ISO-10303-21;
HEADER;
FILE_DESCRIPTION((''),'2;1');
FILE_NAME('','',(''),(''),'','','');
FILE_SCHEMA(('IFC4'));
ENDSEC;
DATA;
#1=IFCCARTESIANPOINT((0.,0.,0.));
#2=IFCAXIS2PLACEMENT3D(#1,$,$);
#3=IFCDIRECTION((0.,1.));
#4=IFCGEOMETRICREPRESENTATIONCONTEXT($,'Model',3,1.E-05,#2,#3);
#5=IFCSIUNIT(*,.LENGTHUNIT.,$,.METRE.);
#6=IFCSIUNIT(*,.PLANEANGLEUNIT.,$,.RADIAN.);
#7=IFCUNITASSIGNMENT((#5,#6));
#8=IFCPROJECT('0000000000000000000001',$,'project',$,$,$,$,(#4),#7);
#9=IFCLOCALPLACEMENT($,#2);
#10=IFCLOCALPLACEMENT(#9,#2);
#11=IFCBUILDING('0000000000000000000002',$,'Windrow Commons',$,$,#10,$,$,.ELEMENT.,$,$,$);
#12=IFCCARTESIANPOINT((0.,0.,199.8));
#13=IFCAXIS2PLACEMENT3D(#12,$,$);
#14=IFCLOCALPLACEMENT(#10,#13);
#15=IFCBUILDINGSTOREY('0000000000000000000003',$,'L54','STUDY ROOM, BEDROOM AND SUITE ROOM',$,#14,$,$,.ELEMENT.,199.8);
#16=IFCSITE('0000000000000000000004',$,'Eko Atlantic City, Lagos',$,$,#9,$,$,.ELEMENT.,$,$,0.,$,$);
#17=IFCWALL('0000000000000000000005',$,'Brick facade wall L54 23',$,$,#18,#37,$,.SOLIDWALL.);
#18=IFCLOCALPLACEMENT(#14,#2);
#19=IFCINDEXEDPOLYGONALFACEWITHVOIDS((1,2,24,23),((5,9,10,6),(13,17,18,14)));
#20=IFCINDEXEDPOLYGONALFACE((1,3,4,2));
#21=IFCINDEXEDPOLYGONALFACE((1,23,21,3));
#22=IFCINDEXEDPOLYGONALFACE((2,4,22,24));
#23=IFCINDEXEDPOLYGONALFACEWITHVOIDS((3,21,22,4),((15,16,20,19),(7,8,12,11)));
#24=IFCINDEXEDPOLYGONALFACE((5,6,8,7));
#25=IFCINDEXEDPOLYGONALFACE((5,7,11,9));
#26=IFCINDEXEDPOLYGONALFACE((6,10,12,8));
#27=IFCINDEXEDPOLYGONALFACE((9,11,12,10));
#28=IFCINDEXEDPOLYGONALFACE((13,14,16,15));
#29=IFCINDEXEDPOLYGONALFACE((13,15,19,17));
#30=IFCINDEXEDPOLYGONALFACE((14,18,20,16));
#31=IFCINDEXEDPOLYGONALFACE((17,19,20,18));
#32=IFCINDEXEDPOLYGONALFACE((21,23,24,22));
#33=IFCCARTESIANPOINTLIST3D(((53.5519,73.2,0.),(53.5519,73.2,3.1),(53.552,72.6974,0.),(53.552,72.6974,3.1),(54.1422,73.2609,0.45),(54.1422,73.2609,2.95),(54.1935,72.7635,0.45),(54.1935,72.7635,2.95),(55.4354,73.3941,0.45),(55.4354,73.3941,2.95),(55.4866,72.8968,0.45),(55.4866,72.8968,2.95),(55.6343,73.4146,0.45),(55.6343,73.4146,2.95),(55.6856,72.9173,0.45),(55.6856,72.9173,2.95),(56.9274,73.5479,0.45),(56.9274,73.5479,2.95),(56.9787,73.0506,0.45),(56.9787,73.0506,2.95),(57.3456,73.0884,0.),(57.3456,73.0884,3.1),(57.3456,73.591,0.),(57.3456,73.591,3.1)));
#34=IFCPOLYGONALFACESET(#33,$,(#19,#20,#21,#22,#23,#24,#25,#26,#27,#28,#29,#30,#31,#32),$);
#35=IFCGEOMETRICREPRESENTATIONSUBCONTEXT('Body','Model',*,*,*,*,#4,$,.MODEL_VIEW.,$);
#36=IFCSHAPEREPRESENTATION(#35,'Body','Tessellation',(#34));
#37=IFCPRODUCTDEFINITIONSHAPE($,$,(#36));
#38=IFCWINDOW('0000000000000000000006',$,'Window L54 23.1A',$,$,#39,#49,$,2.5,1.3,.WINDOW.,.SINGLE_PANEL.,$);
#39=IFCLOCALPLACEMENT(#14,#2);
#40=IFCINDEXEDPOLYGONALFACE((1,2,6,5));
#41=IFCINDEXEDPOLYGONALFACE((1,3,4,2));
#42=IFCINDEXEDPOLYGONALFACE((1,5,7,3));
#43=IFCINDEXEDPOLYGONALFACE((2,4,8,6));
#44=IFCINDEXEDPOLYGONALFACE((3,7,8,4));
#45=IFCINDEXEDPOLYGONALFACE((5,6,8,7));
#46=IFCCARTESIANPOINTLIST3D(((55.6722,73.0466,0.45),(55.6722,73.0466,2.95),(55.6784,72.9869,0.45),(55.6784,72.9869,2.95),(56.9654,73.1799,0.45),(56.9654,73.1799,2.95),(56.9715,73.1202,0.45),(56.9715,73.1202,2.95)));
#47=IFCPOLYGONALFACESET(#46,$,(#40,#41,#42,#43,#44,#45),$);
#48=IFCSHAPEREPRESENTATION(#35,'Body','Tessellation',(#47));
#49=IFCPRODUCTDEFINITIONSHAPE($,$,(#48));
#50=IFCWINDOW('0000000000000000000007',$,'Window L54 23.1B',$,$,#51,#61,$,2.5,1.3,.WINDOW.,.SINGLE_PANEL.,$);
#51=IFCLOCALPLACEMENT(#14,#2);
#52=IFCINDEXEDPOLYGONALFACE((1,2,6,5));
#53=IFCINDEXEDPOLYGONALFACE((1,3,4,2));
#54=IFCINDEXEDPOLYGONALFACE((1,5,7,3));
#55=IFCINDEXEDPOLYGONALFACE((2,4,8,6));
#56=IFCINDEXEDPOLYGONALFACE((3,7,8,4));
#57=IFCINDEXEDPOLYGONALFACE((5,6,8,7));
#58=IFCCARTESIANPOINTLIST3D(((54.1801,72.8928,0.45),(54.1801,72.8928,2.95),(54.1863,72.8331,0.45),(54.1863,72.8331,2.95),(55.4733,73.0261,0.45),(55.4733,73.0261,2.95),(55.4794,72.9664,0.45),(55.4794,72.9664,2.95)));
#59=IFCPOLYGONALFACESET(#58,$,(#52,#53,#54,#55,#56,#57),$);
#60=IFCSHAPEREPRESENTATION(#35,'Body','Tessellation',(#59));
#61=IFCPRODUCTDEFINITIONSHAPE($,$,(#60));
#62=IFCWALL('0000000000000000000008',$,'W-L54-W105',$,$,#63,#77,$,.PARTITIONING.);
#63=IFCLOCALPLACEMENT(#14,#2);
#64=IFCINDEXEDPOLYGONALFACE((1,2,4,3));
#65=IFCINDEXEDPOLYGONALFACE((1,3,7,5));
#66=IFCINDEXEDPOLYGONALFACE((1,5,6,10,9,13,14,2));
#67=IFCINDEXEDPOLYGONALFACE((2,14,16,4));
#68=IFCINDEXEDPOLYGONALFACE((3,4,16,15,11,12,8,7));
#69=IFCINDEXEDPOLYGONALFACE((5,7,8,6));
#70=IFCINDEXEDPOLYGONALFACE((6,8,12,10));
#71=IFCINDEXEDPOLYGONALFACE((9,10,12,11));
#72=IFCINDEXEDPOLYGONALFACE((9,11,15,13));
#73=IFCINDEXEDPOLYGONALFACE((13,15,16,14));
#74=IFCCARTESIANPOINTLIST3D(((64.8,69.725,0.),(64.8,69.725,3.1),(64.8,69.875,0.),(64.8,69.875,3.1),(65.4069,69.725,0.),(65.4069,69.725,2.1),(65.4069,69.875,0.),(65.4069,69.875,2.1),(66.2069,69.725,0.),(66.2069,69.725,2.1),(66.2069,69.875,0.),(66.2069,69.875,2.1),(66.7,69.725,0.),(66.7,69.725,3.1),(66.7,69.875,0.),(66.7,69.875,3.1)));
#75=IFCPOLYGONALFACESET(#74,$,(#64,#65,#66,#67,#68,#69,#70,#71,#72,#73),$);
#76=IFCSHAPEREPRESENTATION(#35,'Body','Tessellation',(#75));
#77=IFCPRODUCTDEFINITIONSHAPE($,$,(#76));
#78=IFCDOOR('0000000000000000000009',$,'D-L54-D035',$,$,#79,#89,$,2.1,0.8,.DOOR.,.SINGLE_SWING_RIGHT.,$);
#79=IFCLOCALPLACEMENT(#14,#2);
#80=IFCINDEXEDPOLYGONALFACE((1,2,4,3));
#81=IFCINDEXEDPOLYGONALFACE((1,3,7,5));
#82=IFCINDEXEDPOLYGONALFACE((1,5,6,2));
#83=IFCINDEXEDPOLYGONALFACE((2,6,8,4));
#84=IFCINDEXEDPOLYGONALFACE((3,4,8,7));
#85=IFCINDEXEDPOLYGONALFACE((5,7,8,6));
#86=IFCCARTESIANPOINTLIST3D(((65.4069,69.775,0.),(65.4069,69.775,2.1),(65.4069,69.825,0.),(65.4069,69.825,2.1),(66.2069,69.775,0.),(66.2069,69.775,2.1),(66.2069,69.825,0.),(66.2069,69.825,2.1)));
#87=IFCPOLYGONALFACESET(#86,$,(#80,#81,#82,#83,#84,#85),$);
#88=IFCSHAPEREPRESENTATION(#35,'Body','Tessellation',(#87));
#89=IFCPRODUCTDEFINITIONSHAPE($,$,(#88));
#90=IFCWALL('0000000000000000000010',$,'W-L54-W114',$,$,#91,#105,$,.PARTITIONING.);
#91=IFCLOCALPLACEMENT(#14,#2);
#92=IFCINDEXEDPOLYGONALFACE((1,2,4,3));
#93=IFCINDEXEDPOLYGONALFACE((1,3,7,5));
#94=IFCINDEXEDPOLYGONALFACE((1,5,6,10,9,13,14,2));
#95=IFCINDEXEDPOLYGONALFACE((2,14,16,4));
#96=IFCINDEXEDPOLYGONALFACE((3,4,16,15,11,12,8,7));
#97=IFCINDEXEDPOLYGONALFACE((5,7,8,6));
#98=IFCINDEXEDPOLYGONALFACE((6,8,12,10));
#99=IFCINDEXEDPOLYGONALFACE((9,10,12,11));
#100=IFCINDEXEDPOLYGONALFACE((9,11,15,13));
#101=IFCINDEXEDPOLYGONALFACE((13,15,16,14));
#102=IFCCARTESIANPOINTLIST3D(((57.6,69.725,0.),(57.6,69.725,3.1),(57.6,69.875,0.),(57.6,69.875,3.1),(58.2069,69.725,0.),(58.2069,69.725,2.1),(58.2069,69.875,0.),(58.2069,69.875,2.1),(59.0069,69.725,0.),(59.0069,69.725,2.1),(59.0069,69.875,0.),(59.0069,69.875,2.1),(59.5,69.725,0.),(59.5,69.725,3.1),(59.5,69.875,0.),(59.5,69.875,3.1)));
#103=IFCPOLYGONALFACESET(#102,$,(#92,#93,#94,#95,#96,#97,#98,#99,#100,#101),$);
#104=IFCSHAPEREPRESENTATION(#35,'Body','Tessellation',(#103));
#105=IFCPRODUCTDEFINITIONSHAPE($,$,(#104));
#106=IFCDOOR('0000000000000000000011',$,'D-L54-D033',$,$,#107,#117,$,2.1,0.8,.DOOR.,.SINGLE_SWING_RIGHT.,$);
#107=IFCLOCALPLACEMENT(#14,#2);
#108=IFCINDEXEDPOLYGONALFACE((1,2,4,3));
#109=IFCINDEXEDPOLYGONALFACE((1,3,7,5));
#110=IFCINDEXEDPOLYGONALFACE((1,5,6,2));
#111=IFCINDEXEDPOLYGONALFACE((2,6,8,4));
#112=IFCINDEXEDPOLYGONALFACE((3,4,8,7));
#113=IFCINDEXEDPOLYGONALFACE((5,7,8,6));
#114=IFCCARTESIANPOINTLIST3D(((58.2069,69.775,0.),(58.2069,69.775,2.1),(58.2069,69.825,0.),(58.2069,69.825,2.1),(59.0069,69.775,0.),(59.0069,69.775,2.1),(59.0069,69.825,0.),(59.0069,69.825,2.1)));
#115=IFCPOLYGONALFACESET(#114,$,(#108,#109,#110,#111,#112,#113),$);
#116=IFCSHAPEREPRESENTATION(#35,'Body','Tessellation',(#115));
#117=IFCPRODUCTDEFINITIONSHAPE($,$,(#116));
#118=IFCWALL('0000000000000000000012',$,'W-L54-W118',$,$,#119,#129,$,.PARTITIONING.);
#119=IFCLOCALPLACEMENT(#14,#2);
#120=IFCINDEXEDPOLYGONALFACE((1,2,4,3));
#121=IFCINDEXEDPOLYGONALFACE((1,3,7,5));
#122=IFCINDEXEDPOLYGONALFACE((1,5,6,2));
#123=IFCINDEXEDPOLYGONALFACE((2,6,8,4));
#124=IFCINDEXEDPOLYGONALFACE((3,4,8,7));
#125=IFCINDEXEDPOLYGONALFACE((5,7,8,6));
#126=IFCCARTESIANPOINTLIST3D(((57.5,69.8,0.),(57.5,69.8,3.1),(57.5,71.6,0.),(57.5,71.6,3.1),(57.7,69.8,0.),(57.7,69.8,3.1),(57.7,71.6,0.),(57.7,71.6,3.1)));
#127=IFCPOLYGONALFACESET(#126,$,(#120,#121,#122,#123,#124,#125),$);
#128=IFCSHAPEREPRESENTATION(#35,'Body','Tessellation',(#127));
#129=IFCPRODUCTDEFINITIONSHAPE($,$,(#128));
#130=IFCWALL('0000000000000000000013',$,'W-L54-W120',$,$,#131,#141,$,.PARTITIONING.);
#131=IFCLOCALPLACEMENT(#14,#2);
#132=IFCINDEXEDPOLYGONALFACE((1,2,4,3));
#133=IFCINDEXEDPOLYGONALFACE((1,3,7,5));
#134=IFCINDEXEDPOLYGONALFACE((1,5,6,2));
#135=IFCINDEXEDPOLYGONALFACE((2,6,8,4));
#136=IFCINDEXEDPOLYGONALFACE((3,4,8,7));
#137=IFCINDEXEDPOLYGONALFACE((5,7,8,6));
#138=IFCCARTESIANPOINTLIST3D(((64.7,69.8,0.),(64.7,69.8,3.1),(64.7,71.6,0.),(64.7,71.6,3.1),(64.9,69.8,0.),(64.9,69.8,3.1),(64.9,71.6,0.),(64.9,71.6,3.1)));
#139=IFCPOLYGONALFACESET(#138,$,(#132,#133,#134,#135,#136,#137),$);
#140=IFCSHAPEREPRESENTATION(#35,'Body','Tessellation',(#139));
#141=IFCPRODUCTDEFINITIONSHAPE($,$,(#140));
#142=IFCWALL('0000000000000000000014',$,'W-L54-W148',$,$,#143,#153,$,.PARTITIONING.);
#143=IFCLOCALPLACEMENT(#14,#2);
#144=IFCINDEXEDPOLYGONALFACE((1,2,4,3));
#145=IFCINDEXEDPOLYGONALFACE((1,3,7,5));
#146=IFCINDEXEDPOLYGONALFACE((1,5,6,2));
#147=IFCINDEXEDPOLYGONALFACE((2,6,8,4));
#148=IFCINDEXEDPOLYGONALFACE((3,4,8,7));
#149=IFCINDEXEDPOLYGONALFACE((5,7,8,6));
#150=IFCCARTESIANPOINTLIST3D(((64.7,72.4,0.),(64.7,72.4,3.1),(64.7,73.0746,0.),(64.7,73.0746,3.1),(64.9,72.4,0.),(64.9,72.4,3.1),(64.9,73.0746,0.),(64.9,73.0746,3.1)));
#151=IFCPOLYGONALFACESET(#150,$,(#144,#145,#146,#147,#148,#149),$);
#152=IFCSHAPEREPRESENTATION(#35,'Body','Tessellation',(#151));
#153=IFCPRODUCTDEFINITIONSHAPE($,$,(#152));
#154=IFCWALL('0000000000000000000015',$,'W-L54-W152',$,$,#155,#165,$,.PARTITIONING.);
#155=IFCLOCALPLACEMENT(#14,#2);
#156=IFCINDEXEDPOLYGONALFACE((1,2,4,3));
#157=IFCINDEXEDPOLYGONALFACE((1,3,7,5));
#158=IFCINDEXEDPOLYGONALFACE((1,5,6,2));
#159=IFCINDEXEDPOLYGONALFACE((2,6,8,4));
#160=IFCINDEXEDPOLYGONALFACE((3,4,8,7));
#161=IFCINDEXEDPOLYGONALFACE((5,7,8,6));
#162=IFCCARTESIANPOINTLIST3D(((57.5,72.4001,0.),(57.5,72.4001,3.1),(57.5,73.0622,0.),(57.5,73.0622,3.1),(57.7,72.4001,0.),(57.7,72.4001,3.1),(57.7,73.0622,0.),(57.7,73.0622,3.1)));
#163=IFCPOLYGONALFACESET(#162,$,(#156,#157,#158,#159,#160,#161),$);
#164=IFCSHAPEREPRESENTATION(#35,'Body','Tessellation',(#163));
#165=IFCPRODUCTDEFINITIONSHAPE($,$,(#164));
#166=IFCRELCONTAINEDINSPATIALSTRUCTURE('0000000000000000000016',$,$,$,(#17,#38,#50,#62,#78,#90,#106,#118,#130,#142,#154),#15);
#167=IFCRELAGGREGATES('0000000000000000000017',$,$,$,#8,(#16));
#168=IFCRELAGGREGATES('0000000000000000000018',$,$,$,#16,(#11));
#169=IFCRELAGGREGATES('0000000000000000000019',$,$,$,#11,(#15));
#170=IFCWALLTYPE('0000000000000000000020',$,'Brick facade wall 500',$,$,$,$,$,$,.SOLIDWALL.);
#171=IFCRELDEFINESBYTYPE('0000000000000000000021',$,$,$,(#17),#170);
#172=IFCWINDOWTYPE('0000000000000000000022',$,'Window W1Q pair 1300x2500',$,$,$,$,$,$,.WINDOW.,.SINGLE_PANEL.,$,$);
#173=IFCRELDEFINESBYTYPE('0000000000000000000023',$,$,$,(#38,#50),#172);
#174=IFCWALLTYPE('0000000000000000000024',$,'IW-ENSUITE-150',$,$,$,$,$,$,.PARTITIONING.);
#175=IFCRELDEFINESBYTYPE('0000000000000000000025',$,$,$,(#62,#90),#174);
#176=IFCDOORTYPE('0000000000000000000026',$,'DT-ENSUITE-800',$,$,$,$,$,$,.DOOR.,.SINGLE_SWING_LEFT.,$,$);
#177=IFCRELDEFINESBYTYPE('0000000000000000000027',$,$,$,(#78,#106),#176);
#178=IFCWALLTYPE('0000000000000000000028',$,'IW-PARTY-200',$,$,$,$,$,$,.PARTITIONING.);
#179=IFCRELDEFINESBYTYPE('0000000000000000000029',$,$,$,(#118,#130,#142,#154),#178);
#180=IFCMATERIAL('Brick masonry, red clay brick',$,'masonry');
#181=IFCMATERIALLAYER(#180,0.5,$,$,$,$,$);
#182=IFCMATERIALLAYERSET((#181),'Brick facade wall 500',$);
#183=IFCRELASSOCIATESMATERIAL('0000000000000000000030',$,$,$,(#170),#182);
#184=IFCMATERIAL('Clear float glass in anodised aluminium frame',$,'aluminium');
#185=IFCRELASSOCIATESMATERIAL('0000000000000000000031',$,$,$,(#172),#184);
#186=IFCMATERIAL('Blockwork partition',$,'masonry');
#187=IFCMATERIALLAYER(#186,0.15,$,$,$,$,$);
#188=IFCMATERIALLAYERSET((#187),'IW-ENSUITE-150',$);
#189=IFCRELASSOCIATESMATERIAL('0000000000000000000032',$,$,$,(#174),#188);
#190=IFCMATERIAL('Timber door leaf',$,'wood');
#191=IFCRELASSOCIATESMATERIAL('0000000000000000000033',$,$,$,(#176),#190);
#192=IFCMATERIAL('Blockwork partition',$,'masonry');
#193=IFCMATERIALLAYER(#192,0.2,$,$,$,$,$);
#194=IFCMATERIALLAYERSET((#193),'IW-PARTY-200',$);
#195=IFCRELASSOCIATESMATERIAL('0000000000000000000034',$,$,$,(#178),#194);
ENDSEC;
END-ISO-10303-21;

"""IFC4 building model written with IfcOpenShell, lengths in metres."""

from ifc_helpers import new_model, si_unit, direction, frame, frame_2d, origin, place, context, subcontext, project, spatial, polyline, rectangle, outline, extrude, material, layer, layer_set, type_object, element, fill, save


model = new_model("IFC4")

# Units and contexts
model_context = context("Model", 3, precision=1e-05, world=origin(), true_north=direction((0.0, 1.0)))
body_context = subcontext(model_context, "Body", "Model", "MODEL_VIEW")
ifc_project = project(units=[si_unit("LENGTHUNIT", "METRE"), si_unit("PLANEANGLEUNIT", "RADIAN")], contexts=[model_context])

# Site, building, storey
site_placement = place(None, origin())
site = spatial("IfcSite", under=ifc_project, at=site_placement, Name="Eko Atlantic City, Lagos", CompositionType="ELEMENT", RefElevation=0.0)
building_placement = place(site_placement, origin())
building = spatial("IfcBuilding", under=site, at=building_placement, Name="Windrow Commons", CompositionType="ELEMENT")
storey_placement = place(building_placement, frame((0.0, 0.0, 199.8)))
storey = spatial("IfcBuildingStorey", under=building, at=storey_placement, Name="L54", Description="STUDY ROOM, BEDROOM AND SUITE ROOM", CompositionType="ELEMENT", Elevation=199.8)

# Wall, openings, windows
ifc_material_1 = material(Name="Brick masonry, red clay brick", Category="masonry")
ifc_layer_1 = layer(ifc_material_1, 0.5)
ifc_layer_set_1 = layer_set([ifc_layer_1], Name="Brick facade wall 500")
wall_type_1 = type_object("IfcWallType", Name="Brick facade wall 500", PredefinedType="SOLIDWALL", material=ifc_layer_set_1)
ifc_material_2 = material(Name="Clear float glass in anodised aluminium frame", Category="aluminium")
window_type = type_object("IfcWindowType", Name="Window W1Q pair 1300x2500", PartitioningType="SINGLE_PANEL", PredefinedType="WINDOW", material=ifc_material_2)
wall_1_placement = place(storey_placement, frame((57.3456, 73.3397, 0.0), z_axis=(0.0, 0.0, 1.0), x_axis=(-0.99473, -0.102525, 0.0)))
wall_1 = element("IfcWall", 1, at=wall_1_placement, inside=storey, type_object=wall_type_1, Name="Brick facade wall L54 23", PredefinedType="SOLIDWALL", context=body_context, shape_type="SweptSolid", body=[
    extrude(outline(polyline([(-0.0258, -0.25), (3.788, -0.25), (3.8395, 0.25), (0.0258, 0.25), (-0.0258, -0.25)])), origin(), (0.0, 0.0, 1.0), 3.1),
])
opening_1_placement = place(wall_1_placement, frame((0.3946, 0.0, 0.45)))
opening_1 = element("IfcOpeningElement", 2, at=opening_1_placement, cuts=wall_1, PredefinedType="OPENING", context=body_context, shape_type="SweptSolid", body=[
    extrude(rectangle(XDim=1.3, YDim=2.5, at=frame_2d((0.65, 1.25))), frame((0.0, 0.26, 0.0), z_axis=(0.0, -1.0, 0.0), x_axis=(1.0, 0.0, 0.0)), (0.0, 0.0, 1.0), 0.52),
])
opening_2_placement = place(wall_1_placement, frame((1.8946, 0.0, 0.45)))
opening_2 = element("IfcOpeningElement", 3, at=opening_2_placement, cuts=wall_1, PredefinedType="OPENING", context=body_context, shape_type="SweptSolid", body=[
    extrude(rectangle(XDim=1.3, YDim=2.5, at=frame_2d((0.65, 1.25))), frame((0.0, 0.26, 0.0), z_axis=(0.0, -1.0, 0.0), x_axis=(1.0, 0.0, 0.0)), (0.0, 0.0, 1.0), 0.52),
])
window_1_placement = place(opening_1_placement, origin())
window_1 = element("IfcWindow", 4, at=window_1_placement, inside=storey, type_object=window_type, Name="Window L54 23.1A", OverallHeight=2.5, OverallWidth=1.3, PartitioningType="SINGLE_PANEL", PredefinedType="WINDOW", context=body_context, shape_type="SweptSolid", body=[
    extrude(rectangle(XDim=1.3, YDim=2.5, at=frame_2d((0.65, 1.25))), frame((0.0, 0.18, 0.0), z_axis=(0.0, -1.0, 0.0), x_axis=(1.0, 0.0, 0.0)), (0.0, 0.0, 1.0), 0.06),
])
fill(opening_1, window_1)
window_2_placement = place(opening_2_placement, origin())
window_2 = element("IfcWindow", 5, at=window_2_placement, inside=storey, type_object=window_type, Name="Window L54 23.1B", OverallHeight=2.5, OverallWidth=1.3, PartitioningType="SINGLE_PANEL", PredefinedType="WINDOW", context=body_context, shape_type="SweptSolid", body=[
    extrude(rectangle(XDim=1.3, YDim=2.5, at=frame_2d((0.65, 1.25))), frame((0.0, 0.18, 0.0), z_axis=(0.0, -1.0, 0.0), x_axis=(1.0, 0.0, 0.0)), (0.0, 0.0, 1.0), 0.06),
])
fill(opening_2, window_2)

# Walls, openings, doors
ifc_material_3 = material(Name="Blockwork partition", Category="masonry")
ifc_layer_2 = layer(ifc_material_3, 0.15)
ifc_layer_set_2 = layer_set([ifc_layer_2], Name="IW-ENSUITE-150")
wall_type_2 = type_object("IfcWallType", Name="IW-ENSUITE-150", PredefinedType="PARTITIONING", material=ifc_layer_set_2)
wall_2_placement = place(storey_placement, frame((64.8, 69.8, 0.0), z_axis=(0.0, 0.0, 1.0), x_axis=(1.0, 0.0, 0.0)))
wall_2 = element("IfcWall", 6, at=wall_2_placement, inside=storey, type_object=wall_type_2, Name="W-L54-W105", PredefinedType="PARTITIONING", context=body_context, shape_type="SweptSolid", body=[
    extrude(rectangle(XDim=1.9, YDim=0.15, at=frame_2d((0.95, 0.0))), origin(), (0.0, 0.0, 1.0), 3.1),
])
opening_3_placement = place(wall_2_placement, frame((0.6069, 0.0, 0.0)))
opening_3 = element("IfcOpeningElement", 7, at=opening_3_placement, cuts=wall_2, PredefinedType="OPENING", context=body_context, shape_type="SweptSolid", body=[
    extrude(rectangle(XDim=0.8, YDim=2.1, at=frame_2d((0.4, 1.05))), frame((0.0, 0.085, 0.0), z_axis=(0.0, -1.0, 0.0), x_axis=(1.0, 0.0, 0.0)), (0.0, 0.0, 1.0), 0.17),
])
ifc_material_4 = material(Name="Timber door leaf", Category="wood")
door_type = type_object("IfcDoorType", Name="DT-ENSUITE-800", OperationType="SINGLE_SWING_LEFT", PredefinedType="DOOR", material=ifc_material_4)
door_1_placement = place(opening_3_placement, origin())
door_1 = element("IfcDoor", 8, at=door_1_placement, inside=storey, type_object=door_type, Name="D-L54-D035", OperationType="SINGLE_SWING_RIGHT", OverallHeight=2.1, OverallWidth=0.8, PredefinedType="DOOR", context=body_context, shape_type="SweptSolid", body=[
    extrude(rectangle(XDim=0.8, YDim=2.1, at=frame_2d((0.4, 1.05))), frame((0.0, 0.025, 0.0), z_axis=(0.0, -1.0, 0.0), x_axis=(1.0, 0.0, 0.0)), (0.0, 0.0, 1.0), 0.05),
])
fill(opening_3, door_1)
wall_3_placement = place(storey_placement, frame((57.6, 69.8, 0.0), z_axis=(0.0, 0.0, 1.0), x_axis=(1.0, 0.0, 0.0)))
wall_3 = element("IfcWall", 9, at=wall_3_placement, inside=storey, type_object=wall_type_2, Name="W-L54-W114", PredefinedType="PARTITIONING", context=body_context, shape_type="SweptSolid", body=[
    extrude(rectangle(XDim=1.9, YDim=0.15, at=frame_2d((0.95, 0.0))), origin(), (0.0, 0.0, 1.0), 3.1),
])
opening_4_placement = place(wall_3_placement, frame((0.6069, 0.0, 0.0)))
opening_4 = element("IfcOpeningElement", 10, at=opening_4_placement, cuts=wall_3, PredefinedType="OPENING", context=body_context, shape_type="SweptSolid", body=[
    extrude(rectangle(XDim=0.8, YDim=2.1, at=frame_2d((0.4, 1.05))), frame((0.0, 0.085, 0.0), z_axis=(0.0, -1.0, 0.0), x_axis=(1.0, 0.0, 0.0)), (0.0, 0.0, 1.0), 0.17),
])
door_2_placement = place(opening_4_placement, origin())
door_2 = element("IfcDoor", 11, at=door_2_placement, inside=storey, type_object=door_type, Name="D-L54-D033", OperationType="SINGLE_SWING_RIGHT", OverallHeight=2.1, OverallWidth=0.8, PredefinedType="DOOR", context=body_context, shape_type="SweptSolid", body=[
    extrude(rectangle(XDim=0.8, YDim=2.1, at=frame_2d((0.4, 1.05))), frame((0.0, 0.025, 0.0), z_axis=(0.0, -1.0, 0.0), x_axis=(1.0, 0.0, 0.0)), (0.0, 0.0, 1.0), 0.05),
])
fill(opening_4, door_2)

# Walls
ifc_material_5 = material(Name="Blockwork partition", Category="masonry")
ifc_layer_3 = layer(ifc_material_5, 0.2)
ifc_layer_set_3 = layer_set([ifc_layer_3], Name="IW-PARTY-200")
wall_type_3 = type_object("IfcWallType", Name="IW-PARTY-200", PredefinedType="PARTITIONING", material=ifc_layer_set_3)
for number, where, z_axis, x_axis, name in (
    (12, (57.6, 69.8, 0.0), (0.0, 0.0, 1.0), (0.0, 1.0, 0.0), "W-L54-W118"),
    (13, (64.8, 69.8, 0.0), (0.0, 0.0, 1.0), (0.0, 1.0, 0.0), "W-L54-W120"),
):
    element("IfcWall", number, at=place(storey_placement, frame(where, z_axis=z_axis, x_axis=x_axis)), inside=storey, type_object=wall_type_3, Name=name, PredefinedType="PARTITIONING", context=body_context, shape_type="SweptSolid", body=[
        extrude(rectangle(XDim=1.8, YDim=0.2, at=frame_2d((0.9, 0.0))), origin(), (0.0, 0.0, 1.0), 3.1),
    ])
wall_4_placement = place(storey_placement, frame((64.8, 72.4, 0.0), z_axis=(0.0, 0.0, 1.0), x_axis=(0.0, 1.0, 0.0)))
element("IfcWall", 14, at=wall_4_placement, inside=storey, type_object=wall_type_3, Name="W-L54-W148", PredefinedType="PARTITIONING", context=body_context, shape_type="SweptSolid", body=[
    extrude(rectangle(XDim=0.6746, YDim=0.2, at=frame_2d((0.3373, 0.0))), origin(), (0.0, 0.0, 1.0), 3.1),
])
wall_5_placement = place(storey_placement, frame((57.6, 72.4, 0.0), z_axis=(0.0, 0.0, 1.0), x_axis=(0.0, 1.0, 0.0)))
element("IfcWall", 15, at=wall_5_placement, inside=storey, type_object=wall_type_3, Name="W-L54-W152", PredefinedType="PARTITIONING", context=body_context, shape_type="SweptSolid", body=[
    extrude(rectangle(XDim=0.6621, YDim=0.2, at=frame_2d((0.3311, 0.0))), origin(), (0.0, 0.0, 1.0), 3.1),
])

save(model, "model.ifc")
